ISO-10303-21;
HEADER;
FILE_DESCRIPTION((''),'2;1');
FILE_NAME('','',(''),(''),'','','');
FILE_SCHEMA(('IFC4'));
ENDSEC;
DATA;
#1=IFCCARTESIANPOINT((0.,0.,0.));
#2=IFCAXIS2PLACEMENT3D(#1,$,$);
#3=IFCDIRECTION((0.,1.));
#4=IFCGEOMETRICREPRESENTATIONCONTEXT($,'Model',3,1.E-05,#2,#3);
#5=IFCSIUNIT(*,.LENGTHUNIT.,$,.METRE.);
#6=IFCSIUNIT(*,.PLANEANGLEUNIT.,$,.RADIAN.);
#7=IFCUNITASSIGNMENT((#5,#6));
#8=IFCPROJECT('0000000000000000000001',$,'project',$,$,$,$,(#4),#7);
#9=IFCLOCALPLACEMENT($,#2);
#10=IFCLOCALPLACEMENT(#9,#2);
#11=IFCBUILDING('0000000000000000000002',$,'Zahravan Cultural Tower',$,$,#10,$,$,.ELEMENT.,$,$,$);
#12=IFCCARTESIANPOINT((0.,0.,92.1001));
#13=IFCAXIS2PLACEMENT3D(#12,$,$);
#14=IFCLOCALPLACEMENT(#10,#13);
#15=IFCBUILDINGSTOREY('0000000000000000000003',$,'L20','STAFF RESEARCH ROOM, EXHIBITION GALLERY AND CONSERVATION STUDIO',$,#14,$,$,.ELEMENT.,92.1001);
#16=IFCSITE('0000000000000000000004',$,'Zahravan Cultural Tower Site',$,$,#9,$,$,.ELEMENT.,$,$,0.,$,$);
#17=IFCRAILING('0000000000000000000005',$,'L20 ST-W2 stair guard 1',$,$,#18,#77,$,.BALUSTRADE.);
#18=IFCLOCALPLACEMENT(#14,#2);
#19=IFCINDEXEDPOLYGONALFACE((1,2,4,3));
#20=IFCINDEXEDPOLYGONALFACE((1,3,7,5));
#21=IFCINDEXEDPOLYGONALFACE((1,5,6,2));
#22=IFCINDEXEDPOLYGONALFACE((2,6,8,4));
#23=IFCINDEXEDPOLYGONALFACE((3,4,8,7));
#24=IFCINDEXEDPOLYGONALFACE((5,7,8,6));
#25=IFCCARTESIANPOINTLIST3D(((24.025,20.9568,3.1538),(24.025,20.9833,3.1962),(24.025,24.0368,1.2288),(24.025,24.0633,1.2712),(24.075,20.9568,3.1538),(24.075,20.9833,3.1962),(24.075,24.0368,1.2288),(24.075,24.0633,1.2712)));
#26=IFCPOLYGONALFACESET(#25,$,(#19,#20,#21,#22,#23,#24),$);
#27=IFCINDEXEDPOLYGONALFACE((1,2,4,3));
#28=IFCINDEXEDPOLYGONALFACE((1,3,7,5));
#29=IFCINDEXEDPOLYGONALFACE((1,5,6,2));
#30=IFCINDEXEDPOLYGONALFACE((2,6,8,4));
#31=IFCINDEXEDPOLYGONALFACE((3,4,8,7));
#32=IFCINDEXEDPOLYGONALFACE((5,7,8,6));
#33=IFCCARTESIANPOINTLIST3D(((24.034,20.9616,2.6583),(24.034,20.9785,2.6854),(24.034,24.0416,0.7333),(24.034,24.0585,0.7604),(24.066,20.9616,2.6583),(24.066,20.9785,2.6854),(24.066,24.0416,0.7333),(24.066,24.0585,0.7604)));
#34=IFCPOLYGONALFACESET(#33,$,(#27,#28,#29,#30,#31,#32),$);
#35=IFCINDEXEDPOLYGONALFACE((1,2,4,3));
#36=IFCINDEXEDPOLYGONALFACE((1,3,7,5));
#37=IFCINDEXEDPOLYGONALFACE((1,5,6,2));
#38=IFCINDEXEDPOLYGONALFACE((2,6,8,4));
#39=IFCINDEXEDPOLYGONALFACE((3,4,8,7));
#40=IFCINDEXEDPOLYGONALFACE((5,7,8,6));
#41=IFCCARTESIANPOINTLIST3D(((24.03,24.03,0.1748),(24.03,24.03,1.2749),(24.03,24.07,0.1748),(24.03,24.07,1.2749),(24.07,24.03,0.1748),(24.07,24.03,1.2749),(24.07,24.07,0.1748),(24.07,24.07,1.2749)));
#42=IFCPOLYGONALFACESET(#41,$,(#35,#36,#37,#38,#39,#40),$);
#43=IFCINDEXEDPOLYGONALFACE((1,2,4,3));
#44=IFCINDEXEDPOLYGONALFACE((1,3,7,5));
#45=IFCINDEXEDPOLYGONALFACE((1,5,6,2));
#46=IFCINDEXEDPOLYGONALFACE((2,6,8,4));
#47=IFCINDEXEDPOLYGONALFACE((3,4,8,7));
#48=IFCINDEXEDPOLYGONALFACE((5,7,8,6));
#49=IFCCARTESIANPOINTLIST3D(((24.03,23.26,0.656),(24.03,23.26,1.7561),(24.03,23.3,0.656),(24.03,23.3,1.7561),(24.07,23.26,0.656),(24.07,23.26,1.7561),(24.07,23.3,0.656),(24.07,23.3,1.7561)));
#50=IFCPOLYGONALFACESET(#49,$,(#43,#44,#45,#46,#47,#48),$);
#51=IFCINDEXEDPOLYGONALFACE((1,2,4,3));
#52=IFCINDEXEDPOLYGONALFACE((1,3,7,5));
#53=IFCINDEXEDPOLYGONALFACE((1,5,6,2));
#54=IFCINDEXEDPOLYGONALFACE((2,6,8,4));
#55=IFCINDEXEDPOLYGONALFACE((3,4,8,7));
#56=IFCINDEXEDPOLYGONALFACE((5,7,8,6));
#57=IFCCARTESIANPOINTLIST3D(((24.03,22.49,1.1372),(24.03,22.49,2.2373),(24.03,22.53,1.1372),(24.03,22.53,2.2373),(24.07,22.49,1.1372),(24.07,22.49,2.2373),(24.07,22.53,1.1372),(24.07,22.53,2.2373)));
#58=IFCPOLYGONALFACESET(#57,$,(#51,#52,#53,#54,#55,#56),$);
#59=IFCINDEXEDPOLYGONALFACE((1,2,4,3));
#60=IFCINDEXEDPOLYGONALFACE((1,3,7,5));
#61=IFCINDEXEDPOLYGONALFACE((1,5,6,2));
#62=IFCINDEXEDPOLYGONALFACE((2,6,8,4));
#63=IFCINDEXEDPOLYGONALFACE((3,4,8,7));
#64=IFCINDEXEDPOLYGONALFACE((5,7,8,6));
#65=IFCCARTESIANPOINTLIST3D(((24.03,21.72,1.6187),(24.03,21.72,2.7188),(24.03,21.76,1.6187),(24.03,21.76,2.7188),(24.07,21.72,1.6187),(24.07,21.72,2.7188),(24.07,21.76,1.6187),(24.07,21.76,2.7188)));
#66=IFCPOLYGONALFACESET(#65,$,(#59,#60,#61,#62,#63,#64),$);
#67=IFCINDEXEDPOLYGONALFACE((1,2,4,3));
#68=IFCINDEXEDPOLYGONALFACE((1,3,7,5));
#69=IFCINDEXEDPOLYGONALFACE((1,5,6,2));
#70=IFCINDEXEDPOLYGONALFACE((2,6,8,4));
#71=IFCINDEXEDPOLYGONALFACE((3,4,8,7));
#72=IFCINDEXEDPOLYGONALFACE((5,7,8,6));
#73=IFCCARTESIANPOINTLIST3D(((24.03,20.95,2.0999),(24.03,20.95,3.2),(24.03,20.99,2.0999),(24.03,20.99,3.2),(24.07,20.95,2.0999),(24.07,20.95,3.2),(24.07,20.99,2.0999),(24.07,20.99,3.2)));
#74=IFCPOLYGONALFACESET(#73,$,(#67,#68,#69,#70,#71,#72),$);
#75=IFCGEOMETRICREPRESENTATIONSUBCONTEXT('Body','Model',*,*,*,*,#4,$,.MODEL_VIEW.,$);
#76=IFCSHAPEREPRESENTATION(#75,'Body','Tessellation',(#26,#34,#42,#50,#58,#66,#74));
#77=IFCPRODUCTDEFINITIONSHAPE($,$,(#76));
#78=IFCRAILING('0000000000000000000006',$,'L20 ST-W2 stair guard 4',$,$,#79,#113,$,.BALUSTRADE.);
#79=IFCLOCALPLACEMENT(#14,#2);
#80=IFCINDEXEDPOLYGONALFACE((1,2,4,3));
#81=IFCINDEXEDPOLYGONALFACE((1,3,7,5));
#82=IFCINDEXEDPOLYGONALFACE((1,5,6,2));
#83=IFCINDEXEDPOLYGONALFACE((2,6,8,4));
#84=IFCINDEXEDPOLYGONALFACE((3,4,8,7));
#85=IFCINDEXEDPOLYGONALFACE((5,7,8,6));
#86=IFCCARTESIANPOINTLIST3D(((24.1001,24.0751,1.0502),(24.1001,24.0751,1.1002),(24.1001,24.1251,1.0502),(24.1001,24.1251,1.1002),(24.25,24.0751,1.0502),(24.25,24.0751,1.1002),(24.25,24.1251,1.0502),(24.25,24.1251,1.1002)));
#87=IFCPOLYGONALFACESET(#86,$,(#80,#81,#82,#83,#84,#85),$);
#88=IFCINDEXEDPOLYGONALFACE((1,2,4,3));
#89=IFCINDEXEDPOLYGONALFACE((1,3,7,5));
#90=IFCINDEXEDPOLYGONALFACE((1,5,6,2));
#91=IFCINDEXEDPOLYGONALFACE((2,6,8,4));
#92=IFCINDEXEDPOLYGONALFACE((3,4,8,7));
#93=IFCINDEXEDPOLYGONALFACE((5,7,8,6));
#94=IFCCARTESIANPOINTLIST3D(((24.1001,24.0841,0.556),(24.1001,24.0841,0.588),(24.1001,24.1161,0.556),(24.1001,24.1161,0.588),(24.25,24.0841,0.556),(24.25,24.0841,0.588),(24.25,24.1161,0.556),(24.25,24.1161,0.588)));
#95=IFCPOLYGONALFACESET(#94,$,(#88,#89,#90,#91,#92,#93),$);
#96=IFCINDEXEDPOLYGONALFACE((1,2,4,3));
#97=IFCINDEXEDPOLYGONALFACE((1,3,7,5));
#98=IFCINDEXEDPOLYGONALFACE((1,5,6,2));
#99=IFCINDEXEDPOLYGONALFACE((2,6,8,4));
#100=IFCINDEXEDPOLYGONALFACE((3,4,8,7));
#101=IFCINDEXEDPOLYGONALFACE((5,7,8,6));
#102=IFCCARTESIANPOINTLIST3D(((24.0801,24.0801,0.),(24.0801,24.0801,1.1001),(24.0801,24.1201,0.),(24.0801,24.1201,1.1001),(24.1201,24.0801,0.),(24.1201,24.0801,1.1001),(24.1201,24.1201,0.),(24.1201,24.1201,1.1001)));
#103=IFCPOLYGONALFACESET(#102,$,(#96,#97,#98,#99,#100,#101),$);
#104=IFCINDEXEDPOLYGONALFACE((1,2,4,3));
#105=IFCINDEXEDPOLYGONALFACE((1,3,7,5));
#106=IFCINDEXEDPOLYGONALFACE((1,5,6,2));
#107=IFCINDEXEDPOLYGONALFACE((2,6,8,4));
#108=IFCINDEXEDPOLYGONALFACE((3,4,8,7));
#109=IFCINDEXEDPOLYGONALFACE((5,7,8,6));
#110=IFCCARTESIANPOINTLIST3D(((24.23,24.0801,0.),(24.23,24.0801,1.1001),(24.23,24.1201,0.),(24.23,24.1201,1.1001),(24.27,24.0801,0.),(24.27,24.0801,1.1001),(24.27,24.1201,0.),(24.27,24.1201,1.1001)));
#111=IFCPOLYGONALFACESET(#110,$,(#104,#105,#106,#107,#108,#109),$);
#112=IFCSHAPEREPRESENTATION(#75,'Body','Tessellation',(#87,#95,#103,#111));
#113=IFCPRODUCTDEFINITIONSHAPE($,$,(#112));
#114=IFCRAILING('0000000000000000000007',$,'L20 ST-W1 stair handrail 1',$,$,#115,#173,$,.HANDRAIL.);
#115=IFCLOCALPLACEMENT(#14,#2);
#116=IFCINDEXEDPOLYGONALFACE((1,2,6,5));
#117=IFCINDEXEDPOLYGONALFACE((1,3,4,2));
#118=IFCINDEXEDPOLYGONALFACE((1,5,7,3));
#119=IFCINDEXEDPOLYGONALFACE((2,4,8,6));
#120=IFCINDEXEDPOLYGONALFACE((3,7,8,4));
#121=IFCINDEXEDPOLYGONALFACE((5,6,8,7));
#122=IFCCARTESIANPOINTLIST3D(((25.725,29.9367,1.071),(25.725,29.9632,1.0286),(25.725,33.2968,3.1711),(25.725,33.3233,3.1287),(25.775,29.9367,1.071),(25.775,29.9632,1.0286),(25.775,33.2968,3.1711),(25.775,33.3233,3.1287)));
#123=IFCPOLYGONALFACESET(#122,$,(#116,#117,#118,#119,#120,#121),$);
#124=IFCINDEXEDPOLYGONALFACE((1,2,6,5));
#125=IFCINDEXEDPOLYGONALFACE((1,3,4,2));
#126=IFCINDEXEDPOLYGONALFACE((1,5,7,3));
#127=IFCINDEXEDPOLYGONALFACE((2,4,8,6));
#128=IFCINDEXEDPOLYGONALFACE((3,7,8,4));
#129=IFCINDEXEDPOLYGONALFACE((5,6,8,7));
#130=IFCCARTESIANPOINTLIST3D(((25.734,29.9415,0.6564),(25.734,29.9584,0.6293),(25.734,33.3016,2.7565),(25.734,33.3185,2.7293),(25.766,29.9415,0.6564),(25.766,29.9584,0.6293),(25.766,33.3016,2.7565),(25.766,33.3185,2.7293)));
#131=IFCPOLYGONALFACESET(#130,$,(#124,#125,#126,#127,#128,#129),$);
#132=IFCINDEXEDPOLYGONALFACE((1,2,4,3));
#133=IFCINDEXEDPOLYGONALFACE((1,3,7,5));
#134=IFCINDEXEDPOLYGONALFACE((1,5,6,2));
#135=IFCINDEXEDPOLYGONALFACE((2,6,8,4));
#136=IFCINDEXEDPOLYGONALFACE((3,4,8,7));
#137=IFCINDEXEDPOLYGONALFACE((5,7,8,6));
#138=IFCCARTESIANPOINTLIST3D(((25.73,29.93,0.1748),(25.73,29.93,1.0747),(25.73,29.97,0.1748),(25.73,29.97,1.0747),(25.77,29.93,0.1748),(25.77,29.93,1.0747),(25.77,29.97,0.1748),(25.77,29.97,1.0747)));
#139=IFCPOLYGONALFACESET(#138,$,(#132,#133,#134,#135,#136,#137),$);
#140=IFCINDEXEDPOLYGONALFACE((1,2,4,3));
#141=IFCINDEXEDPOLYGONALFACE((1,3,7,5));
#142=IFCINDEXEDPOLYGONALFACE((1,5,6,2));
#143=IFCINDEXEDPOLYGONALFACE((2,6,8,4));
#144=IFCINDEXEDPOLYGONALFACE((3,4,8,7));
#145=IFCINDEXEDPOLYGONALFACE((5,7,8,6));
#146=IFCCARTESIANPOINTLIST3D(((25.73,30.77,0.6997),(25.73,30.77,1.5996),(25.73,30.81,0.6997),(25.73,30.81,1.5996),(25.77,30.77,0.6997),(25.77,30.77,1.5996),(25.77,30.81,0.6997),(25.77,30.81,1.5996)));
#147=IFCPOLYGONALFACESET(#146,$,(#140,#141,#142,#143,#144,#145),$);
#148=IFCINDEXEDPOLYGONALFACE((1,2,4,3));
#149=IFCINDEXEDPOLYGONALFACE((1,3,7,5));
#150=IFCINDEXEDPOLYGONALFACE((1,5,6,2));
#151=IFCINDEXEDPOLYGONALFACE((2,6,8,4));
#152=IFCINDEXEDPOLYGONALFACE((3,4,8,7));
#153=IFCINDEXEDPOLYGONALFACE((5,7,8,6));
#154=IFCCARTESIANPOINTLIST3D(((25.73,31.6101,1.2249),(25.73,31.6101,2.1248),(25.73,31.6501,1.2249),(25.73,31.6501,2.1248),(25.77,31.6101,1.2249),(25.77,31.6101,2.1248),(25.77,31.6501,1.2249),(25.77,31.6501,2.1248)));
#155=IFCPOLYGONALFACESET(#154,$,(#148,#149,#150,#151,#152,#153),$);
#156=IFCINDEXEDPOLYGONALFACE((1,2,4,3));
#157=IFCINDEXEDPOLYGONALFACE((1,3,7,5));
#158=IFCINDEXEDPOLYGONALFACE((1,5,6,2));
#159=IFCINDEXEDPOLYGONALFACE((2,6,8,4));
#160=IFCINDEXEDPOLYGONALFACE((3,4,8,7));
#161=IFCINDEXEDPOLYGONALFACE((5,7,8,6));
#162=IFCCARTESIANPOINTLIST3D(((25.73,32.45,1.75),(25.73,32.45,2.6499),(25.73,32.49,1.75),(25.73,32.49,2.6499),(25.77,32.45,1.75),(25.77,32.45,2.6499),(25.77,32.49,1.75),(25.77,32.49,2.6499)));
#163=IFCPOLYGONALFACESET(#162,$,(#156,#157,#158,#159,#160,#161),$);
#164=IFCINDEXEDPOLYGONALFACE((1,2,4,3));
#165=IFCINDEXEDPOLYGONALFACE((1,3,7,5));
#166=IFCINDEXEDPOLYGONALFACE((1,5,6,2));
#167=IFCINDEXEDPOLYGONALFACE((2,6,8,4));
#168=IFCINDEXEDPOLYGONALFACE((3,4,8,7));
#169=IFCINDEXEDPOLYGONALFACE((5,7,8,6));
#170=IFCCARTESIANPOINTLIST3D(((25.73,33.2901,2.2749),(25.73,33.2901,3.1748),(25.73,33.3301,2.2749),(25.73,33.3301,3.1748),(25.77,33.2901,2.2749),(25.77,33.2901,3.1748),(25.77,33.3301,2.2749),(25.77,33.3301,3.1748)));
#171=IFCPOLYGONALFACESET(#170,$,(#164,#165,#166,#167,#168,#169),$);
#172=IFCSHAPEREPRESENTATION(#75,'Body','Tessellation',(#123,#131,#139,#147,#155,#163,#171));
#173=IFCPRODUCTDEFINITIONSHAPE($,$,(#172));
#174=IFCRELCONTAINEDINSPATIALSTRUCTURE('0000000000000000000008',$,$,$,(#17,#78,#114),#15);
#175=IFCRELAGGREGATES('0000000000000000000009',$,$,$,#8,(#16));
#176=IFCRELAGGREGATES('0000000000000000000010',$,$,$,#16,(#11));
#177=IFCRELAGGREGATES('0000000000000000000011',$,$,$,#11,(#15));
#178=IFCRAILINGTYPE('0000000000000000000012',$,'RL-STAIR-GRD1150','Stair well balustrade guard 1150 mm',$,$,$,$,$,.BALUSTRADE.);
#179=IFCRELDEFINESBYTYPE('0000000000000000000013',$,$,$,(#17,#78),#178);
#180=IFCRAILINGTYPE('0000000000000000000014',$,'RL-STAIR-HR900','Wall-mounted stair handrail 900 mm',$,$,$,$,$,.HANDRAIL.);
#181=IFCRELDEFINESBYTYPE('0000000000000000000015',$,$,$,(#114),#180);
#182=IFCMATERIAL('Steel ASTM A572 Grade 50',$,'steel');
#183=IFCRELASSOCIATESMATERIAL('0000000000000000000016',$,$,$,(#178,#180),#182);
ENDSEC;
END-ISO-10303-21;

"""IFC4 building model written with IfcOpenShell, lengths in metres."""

from ifc_helpers import new_model, si_unit, direction, frame, origin, origin_2d, place, context, subcontext, project, spatial, rectangle, extrude, material, type_object, element, save


model = new_model("IFC4")

# Units and contexts
model_context = context("Model", 3, precision=1e-05, world=origin(), true_north=direction((0.0, 1.0)))
body_context = subcontext(model_context, "Body", "Model", "MODEL_VIEW")
ifc_project = project(units=[si_unit("LENGTHUNIT", "METRE"), si_unit("PLANEANGLEUNIT", "RADIAN")], contexts=[model_context])

# Site, building, storey
site_placement = place(None, origin())
site = spatial("IfcSite", under=ifc_project, at=site_placement, Name="Zahravan Cultural Tower Site", CompositionType="ELEMENT", RefElevation=0.0)
building_placement = place(site_placement, origin())
building = spatial("IfcBuilding", under=site, at=building_placement, Name="Zahravan Cultural Tower", CompositionType="ELEMENT")
storey_placement = place(building_placement, frame((0.0, 0.0, 92.1001)))
storey = spatial("IfcBuildingStorey", under=building, at=storey_placement, Name="L20", Description="STAFF RESEARCH ROOM, EXHIBITION GALLERY AND CONSERVATION STUDIO", CompositionType="ELEMENT", Elevation=92.1001)

# Shared definitions
ifc_material_1 = material(Name="Steel ASTM A572 Grade 50", Category="steel")

# Railings
railing_type_1 = type_object("IfcRailingType", Name="RL-STAIR-GRD1150", Description="Stair well balustrade guard 1150 mm", PredefinedType="BALUSTRADE", material=ifc_material_1)
railing_1_placement = place(storey_placement, frame((24.05, 24.05, 0.1748)))
element("IfcRailing", 1, at=railing_1_placement, inside=storey, type_object=railing_type_1, Name="L20 ST-W2 stair guard 1", PredefinedType="BALUSTRADE", context=body_context, shape_type="SweptSolid", body=[
    extrude(rectangle(XDim=0.05, YDim=0.05, at=origin_2d()), frame((0.0, 0.0, 1.0752), z_axis=(0.0, -0.847998, 0.529999), x_axis=(1.0, 0.0, 0.0)), (0.0, 0.0, 1.0), 3.6321),
    extrude(rectangle(XDim=0.032, YDim=0.032, at=origin_2d()), frame((0.0, 0.0, 0.572), z_axis=(0.0, -0.847998, 0.529999), x_axis=(1.0, 0.0, 0.0)), (0.0, 0.0, 1.0), 3.6321),
    extrude(rectangle(XDim=0.04, YDim=0.04, at=origin_2d()), origin(), (0.0, 0.0, 1.0), 1.1001),
    extrude(rectangle(XDim=0.04, YDim=0.04, at=origin_2d()), frame((0.0, -0.77, 0.4812)), (0.0, 0.0, 1.0), 1.1001),
    extrude(rectangle(XDim=0.04, YDim=0.04, at=origin_2d()), frame((0.0, -1.54, 0.9624)), (0.0, 0.0, 1.0), 1.1001),
    extrude(rectangle(XDim=0.04, YDim=0.04, at=origin_2d()), frame((0.0, -2.3101, 1.4438)), (0.0, 0.0, 1.0), 1.1001),
    extrude(rectangle(XDim=0.04, YDim=0.04, at=origin_2d()), frame((0.0, -3.0801, 1.925)), (0.0, 0.0, 1.0), 1.1001),
])
railing_2_placement = place(storey_placement, frame((24.1001, 24.1001, 0.0)))
element("IfcRailing", 2, at=railing_2_placement, inside=storey, type_object=railing_type_1, Name="L20 ST-W2 stair guard 4", PredefinedType="BALUSTRADE", context=body_context, shape_type="SweptSolid", body=[
    extrude(rectangle(XDim=0.05, YDim=0.05, at=origin_2d()), frame((0.0, 0.0, 1.0752), z_axis=(1.0, 0.0, 0.0), x_axis=(0.0, 1.0, 0.0)), (0.0, 0.0, 1.0), 0.1499),
    extrude(rectangle(XDim=0.032, YDim=0.032, at=origin_2d()), frame((0.0, 0.0, 0.572), z_axis=(1.0, 0.0, 0.0), x_axis=(0.0, 1.0, 0.0)), (0.0, 0.0, 1.0), 0.1499),
    extrude(rectangle(XDim=0.04, YDim=0.04, at=origin_2d()), origin(), (0.0, 0.0, 1.0), 1.1001),
    extrude(rectangle(XDim=0.04, YDim=0.04, at=origin_2d()), frame((0.1499, 0.0, 0.0)), (0.0, 0.0, 1.0), 1.1001),
])
railing_type_2 = type_object("IfcRailingType", Name="RL-STAIR-HR900", Description="Wall-mounted stair handrail 900 mm", PredefinedType="HANDRAIL", material=ifc_material_1)
railing_3_placement = place(storey_placement, frame((25.75, 29.95, 0.1748)))
element("IfcRailing", 3, at=railing_3_placement, inside=storey, type_object=railing_type_2, Name="L20 ST-W1 stair handrail 1", PredefinedType="HANDRAIL", context=body_context, shape_type="SweptSolid", body=[
    extrude(rectangle(XDim=0.05, YDim=0.05, at=origin_2d()), frame((0.0, 0.0, 0.875), z_axis=(0.0, 0.847995, 0.530004), x_axis=(-1.0, 0.0, 0.0)), (0.0, 0.0, 1.0), 3.9624),
    extrude(rectangle(XDim=0.032, YDim=0.032, at=origin_2d()), frame((0.0, 0.0, 0.468), z_axis=(0.0, 0.847995, 0.530004), x_axis=(-1.0, 0.0, 0.0)), (0.0, 0.0, 1.0), 3.9624),
    extrude(rectangle(XDim=0.04, YDim=0.04, at=origin_2d()), origin(), (0.0, 0.0, 1.0), 0.8999),
    extrude(rectangle(XDim=0.04, YDim=0.04, at=origin_2d()), frame((0.0, 0.8401, 0.5249)), (0.0, 0.0, 1.0), 0.8999),
    extrude(rectangle(XDim=0.04, YDim=0.04, at=origin_2d()), frame((0.0, 1.6802, 1.05)), (0.0, 0.0, 1.0), 0.8999),
    extrude(rectangle(XDim=0.04, YDim=0.04, at=origin_2d()), frame((0.0, 2.52, 1.5752)), (0.0, 0.0, 1.0), 0.8999),
    extrude(rectangle(XDim=0.04, YDim=0.04, at=origin_2d()), frame((0.0, 3.3601, 2.1001)), (0.0, 0.0, 1.0), 0.8999),
])

save(model, "model.ifc")
